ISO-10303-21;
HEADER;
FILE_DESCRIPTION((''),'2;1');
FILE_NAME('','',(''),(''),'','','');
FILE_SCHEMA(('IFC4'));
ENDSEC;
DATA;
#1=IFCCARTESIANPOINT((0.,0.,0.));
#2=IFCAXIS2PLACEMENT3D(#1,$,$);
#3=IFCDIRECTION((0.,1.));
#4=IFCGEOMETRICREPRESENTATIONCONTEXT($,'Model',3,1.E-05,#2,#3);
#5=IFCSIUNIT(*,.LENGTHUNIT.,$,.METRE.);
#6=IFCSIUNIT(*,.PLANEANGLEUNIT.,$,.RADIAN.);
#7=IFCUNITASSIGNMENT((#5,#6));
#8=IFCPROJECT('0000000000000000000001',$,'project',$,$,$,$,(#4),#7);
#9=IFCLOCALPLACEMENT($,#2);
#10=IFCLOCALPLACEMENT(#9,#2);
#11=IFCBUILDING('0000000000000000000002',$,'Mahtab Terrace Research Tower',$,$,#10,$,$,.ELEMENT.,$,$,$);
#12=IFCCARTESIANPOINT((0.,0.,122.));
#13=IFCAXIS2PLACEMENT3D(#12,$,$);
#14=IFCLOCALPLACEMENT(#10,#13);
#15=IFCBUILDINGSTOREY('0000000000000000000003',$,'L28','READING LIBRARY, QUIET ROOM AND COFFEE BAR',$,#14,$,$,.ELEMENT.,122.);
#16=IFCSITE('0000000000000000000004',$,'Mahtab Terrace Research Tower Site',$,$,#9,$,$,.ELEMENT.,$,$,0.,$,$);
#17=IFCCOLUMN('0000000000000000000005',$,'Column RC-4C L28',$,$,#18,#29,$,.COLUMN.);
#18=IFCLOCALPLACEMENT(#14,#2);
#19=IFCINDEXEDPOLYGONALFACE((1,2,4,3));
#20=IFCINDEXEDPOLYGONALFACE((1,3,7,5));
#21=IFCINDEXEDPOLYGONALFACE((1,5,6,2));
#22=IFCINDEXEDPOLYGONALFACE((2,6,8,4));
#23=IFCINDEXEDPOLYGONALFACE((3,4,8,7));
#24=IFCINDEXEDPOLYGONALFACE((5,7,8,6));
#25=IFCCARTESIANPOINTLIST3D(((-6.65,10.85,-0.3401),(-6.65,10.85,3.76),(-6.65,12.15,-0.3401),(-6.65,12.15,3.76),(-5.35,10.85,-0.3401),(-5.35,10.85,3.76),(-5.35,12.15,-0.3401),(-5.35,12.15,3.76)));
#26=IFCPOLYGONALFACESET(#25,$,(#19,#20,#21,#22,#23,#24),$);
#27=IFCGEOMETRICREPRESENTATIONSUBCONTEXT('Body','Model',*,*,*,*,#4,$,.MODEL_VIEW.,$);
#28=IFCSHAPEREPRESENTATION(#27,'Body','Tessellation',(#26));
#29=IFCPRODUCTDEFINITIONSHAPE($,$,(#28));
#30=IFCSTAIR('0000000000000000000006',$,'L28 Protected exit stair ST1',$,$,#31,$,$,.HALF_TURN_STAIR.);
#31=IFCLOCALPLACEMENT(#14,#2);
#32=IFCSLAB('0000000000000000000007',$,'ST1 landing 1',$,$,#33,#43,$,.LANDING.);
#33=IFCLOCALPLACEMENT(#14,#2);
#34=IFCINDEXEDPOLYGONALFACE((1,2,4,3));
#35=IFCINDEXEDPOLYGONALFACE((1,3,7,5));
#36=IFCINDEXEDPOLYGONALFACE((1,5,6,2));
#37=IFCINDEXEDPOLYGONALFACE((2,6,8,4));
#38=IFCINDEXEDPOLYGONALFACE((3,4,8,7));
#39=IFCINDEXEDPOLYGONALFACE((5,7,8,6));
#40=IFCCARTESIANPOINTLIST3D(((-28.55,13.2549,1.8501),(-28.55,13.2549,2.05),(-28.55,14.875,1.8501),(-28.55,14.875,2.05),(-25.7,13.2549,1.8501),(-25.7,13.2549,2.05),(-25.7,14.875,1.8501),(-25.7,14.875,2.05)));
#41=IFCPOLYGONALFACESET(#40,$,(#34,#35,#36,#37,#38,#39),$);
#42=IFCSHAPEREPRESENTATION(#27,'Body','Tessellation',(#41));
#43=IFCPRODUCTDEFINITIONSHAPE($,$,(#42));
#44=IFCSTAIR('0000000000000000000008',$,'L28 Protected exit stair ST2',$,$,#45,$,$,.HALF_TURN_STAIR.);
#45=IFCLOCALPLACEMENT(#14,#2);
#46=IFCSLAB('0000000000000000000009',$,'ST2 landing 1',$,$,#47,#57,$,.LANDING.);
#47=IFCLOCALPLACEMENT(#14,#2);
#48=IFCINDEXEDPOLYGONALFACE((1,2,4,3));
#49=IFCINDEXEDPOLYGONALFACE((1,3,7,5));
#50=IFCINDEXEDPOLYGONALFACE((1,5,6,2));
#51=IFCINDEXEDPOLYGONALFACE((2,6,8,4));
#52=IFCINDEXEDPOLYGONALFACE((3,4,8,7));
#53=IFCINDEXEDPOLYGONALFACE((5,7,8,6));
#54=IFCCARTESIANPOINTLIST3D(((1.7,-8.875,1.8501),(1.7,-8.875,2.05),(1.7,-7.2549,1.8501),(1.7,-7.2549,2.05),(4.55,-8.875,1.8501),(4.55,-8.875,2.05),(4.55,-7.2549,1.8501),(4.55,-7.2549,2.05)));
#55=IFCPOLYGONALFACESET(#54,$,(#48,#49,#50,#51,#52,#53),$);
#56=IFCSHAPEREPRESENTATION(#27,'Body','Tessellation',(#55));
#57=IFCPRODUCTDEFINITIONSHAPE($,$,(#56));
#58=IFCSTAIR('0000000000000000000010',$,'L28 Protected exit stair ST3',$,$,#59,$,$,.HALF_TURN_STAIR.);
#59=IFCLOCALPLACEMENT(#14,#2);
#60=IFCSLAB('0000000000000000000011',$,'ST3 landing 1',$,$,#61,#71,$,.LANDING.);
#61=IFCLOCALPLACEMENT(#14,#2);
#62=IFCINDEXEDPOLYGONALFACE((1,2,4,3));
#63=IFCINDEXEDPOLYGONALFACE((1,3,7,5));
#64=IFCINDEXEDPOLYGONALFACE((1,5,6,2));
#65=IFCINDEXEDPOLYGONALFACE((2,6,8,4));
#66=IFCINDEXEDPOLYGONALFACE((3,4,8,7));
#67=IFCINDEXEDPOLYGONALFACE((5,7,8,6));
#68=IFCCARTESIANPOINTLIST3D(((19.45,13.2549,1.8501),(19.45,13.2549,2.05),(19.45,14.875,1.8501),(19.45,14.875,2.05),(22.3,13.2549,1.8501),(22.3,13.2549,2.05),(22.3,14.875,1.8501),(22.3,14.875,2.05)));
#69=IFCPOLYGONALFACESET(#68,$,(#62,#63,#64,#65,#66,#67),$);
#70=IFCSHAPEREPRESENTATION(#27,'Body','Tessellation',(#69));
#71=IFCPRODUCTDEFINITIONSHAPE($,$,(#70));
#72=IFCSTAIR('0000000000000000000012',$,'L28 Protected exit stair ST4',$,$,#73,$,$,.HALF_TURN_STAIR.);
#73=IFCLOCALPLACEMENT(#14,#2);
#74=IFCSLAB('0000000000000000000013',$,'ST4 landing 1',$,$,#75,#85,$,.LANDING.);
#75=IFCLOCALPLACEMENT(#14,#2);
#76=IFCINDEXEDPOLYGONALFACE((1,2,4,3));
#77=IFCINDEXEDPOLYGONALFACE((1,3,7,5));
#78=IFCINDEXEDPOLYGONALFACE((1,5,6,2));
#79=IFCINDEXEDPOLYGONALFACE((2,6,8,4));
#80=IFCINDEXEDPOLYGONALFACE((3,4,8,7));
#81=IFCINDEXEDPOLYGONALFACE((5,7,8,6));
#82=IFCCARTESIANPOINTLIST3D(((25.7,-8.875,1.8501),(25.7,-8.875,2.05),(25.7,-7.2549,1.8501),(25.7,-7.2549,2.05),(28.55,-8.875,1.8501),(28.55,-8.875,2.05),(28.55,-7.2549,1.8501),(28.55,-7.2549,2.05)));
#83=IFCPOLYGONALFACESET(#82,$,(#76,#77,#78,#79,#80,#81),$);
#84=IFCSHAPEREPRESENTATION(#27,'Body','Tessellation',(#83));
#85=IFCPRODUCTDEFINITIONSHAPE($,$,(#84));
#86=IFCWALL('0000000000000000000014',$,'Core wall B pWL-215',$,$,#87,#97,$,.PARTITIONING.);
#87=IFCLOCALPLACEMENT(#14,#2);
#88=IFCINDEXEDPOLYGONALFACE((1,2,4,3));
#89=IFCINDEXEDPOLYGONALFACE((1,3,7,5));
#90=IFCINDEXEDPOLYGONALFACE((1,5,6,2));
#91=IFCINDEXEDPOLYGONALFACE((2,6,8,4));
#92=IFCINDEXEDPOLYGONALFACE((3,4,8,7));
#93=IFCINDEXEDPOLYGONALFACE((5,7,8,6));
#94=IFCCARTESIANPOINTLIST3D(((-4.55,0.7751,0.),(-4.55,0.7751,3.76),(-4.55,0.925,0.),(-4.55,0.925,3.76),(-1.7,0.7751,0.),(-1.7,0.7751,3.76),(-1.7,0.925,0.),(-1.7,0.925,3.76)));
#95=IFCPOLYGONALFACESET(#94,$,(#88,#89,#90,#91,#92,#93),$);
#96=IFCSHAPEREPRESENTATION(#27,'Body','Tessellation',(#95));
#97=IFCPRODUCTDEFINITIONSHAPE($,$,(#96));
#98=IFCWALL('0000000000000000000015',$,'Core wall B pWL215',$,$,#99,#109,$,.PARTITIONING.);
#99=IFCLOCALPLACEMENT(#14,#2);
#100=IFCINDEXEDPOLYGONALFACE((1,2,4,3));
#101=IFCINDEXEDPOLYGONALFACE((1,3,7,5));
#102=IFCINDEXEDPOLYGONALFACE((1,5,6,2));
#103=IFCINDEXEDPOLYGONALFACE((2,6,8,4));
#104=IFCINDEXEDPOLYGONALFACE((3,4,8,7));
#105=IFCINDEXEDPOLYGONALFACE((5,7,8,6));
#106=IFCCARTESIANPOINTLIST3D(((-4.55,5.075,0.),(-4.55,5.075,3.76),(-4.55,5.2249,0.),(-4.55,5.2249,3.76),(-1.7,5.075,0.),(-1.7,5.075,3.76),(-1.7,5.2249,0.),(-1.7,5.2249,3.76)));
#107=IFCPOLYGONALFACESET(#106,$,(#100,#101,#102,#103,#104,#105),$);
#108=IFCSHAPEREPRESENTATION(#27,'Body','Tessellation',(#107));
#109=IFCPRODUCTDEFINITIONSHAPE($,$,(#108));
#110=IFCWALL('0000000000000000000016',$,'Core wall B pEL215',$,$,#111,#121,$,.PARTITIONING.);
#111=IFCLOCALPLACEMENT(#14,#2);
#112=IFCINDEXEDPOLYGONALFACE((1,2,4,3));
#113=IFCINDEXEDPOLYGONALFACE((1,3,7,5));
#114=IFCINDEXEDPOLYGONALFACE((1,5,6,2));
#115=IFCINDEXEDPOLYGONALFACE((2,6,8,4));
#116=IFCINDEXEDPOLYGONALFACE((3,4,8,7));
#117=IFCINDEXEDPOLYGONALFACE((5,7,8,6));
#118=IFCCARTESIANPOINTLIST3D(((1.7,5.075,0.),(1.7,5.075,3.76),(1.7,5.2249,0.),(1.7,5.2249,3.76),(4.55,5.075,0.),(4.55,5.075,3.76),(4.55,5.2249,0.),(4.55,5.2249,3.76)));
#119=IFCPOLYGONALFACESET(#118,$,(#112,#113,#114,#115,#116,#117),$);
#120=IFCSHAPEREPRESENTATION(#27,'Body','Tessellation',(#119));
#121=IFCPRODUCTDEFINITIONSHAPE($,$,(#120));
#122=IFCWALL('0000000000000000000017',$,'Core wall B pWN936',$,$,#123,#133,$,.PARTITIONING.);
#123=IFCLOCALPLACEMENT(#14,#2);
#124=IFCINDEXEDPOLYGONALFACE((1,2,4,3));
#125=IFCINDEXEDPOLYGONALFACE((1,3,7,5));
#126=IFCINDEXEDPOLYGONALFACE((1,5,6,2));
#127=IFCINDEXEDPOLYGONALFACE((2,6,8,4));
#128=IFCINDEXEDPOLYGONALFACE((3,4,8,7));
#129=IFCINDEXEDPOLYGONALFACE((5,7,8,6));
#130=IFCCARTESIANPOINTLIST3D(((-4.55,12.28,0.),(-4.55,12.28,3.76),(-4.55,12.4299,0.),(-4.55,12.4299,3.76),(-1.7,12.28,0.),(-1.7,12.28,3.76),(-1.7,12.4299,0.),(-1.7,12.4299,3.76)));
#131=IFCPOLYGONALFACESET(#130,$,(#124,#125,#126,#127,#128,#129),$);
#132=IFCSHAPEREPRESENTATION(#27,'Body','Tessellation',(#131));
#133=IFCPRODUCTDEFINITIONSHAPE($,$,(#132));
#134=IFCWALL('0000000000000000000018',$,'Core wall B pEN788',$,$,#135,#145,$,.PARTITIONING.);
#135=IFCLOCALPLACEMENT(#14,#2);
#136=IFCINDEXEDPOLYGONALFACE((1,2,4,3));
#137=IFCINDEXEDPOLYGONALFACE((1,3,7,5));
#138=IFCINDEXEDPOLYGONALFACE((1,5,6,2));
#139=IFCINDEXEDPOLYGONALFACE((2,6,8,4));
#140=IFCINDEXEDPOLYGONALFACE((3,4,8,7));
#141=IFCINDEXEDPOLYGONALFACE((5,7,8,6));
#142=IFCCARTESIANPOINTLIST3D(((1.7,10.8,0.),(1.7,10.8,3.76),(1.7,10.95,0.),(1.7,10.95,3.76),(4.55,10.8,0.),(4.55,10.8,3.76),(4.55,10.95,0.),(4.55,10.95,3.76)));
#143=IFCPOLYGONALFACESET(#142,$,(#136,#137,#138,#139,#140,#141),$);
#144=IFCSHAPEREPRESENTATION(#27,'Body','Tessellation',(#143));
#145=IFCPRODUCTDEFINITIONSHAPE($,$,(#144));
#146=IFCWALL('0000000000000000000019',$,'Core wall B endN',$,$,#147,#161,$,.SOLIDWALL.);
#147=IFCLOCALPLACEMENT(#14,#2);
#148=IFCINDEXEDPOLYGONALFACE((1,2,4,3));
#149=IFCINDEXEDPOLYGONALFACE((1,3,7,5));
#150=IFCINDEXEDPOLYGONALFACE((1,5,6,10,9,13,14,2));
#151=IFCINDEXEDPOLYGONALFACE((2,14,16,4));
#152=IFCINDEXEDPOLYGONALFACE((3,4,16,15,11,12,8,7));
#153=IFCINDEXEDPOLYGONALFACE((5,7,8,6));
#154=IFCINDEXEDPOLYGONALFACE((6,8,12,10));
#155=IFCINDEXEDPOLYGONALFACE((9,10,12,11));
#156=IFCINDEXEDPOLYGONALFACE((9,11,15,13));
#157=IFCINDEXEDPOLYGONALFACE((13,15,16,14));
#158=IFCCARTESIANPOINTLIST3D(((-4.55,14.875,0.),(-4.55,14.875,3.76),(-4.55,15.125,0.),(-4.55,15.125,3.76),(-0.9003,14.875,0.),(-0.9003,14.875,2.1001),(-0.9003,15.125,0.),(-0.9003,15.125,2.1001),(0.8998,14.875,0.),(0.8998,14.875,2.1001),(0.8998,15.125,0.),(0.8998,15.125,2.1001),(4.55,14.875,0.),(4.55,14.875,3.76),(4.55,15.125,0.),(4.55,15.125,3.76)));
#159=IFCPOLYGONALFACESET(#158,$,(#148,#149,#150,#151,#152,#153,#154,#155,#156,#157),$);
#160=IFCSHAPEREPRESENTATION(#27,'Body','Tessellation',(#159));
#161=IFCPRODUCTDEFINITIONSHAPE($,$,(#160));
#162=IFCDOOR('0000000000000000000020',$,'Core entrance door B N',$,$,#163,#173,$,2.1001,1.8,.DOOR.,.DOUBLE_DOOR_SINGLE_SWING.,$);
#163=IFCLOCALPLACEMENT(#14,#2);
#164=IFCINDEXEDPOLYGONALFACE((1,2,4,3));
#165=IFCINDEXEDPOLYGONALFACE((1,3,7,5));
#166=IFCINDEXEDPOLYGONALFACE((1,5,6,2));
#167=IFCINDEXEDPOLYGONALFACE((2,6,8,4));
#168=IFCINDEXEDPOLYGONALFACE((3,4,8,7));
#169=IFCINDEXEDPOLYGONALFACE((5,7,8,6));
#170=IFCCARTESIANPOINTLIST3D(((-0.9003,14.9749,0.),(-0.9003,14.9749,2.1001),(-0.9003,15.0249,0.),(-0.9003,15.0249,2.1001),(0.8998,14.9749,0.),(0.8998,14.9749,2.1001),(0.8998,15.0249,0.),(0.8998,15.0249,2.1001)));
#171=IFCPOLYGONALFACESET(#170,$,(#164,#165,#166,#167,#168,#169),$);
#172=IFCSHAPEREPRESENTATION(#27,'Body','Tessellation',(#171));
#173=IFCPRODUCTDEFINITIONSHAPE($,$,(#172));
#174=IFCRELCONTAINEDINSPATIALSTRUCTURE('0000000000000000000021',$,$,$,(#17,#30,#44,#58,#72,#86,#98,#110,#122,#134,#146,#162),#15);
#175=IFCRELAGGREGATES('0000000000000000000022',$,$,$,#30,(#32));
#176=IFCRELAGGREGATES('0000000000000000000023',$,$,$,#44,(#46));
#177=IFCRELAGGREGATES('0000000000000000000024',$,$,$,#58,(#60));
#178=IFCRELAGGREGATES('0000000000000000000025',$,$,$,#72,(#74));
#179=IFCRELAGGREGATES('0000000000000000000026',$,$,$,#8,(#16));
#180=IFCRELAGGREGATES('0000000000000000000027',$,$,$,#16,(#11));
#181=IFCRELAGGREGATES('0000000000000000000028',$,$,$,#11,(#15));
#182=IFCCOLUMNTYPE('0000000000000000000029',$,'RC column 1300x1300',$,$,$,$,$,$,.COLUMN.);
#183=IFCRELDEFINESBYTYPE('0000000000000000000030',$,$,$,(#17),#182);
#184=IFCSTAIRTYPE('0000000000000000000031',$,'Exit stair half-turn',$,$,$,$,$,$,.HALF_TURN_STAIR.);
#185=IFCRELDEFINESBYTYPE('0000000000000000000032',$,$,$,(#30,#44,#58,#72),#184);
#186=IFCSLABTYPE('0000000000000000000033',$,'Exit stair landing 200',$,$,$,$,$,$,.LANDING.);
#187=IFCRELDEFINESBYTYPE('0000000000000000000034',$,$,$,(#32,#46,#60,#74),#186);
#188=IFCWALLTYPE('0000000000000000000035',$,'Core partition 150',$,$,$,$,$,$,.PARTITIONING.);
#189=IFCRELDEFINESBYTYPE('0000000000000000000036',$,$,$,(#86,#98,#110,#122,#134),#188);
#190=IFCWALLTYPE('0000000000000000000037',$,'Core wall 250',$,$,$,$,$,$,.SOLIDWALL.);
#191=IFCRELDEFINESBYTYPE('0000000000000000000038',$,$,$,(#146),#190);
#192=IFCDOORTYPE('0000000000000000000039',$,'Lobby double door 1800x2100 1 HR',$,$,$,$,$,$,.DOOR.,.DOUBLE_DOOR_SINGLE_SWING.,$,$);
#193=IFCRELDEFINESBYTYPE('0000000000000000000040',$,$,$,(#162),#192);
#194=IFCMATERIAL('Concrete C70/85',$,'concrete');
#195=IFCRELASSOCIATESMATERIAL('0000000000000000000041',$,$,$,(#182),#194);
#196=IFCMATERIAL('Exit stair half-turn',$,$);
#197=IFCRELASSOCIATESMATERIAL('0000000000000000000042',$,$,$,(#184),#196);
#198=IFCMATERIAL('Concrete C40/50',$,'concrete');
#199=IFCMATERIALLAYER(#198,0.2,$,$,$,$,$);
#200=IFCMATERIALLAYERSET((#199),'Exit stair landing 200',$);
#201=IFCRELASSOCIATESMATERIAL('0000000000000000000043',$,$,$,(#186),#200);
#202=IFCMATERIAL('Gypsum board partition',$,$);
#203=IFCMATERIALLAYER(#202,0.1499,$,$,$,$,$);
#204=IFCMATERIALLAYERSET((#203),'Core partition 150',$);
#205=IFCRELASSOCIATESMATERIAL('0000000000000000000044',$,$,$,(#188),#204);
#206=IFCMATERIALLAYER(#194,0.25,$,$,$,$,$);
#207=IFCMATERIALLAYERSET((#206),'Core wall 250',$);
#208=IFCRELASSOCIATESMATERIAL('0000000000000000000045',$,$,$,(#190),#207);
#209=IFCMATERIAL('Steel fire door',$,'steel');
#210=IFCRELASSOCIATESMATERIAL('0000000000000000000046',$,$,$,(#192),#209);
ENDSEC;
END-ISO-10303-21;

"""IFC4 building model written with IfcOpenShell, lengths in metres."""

from ifc_helpers import new_model, si_unit, direction, frame, frame_2d, origin, origin_2d, place, context, subcontext, project, spatial, polyline, rectangle, outline, extrude, material, layer, layer_set, material_profile, profile_set, type_object, element, fill, aggregate, save


model = new_model("IFC4")

# Units and contexts
model_context = context("Model", 3, precision=1e-05, world=origin(), true_north=direction((0.0, 1.0)))
body_context = subcontext(model_context, "Body", "Model", "MODEL_VIEW")
ifc_project = project(units=[si_unit("LENGTHUNIT", "METRE"), si_unit("PLANEANGLEUNIT", "RADIAN")], contexts=[model_context])

# Site, building, storey
site_placement = place(None, origin())
site = spatial("IfcSite", under=ifc_project, at=site_placement, Name="Mahtab Terrace Research Tower Site", CompositionType="ELEMENT", RefElevation=0.0)
building_placement = place(site_placement, origin())
building = spatial("IfcBuilding", under=site, at=building_placement, Name="Mahtab Terrace Research Tower", CompositionType="ELEMENT")
storey_placement = place(building_placement, frame((0.0, 0.0, 122.0)))
storey = spatial("IfcBuildingStorey", under=building, at=storey_placement, Name="L28", Description="READING LIBRARY, QUIET ROOM AND COFFEE BAR", CompositionType="ELEMENT", Elevation=122.0)

# Column
ifc_material_1 = material(Name="Concrete C70/85", Category="concrete")
ifc_material_profile = material_profile(ifc_material_1, rectangle(XDim=1.3, YDim=1.3, at=origin_2d()), Name="RC column 1300x1300")
ifc_profile_set = profile_set([ifc_material_profile], Name="Concrete C70/85")
column_type = type_object("IfcColumnType", Name="RC column 1300x1300", PredefinedType="COLUMN", material=ifc_profile_set)
column_placement = place(storey_placement, frame((-6.0, 11.5, -0.3401), z_axis=(0.0, 0.0, 1.0), x_axis=(1.0, 0.0, 0.0)))
element("IfcColumn", 1, at=column_placement, inside=storey, type_object=column_type, Name="Column RC-4C L28", PredefinedType="COLUMN", context=body_context, shape_type="SweptSolid", body=[
    extrude(rectangle(XDim=1.3, YDim=1.3, at=origin_2d()), origin(), (0.0, 0.0, 1.0), 4.1001),
])

# Stairs, slabs
ifc_material_2 = material(Name="Exit stair half-turn")
stair_type = type_object("IfcStairType", Name="Exit stair half-turn", PredefinedType="HALF_TURN_STAIR", material=ifc_material_2)
stair_1_placement = place(storey_placement, origin())
stair_1 = element("IfcStair", 2, at=stair_1_placement, inside=storey, type_object=stair_type, Name="L28 Protected exit stair ST1", PredefinedType="HALF_TURN_STAIR")
ifc_material_3 = material(Name="Concrete C40/50", Category="concrete")
ifc_layer_1 = layer(ifc_material_3, 0.2)
ifc_layer_set_1 = layer_set([ifc_layer_1], Name="Exit stair landing 200")
slab_type = type_object("IfcSlabType", Name="Exit stair landing 200", PredefinedType="LANDING", material=ifc_layer_set_1)
slab_1_placement = place(storey_placement, frame((0.0, 0.0, 1.8501)))
slab_1 = element("IfcSlab", 3, at=slab_1_placement, type_object=slab_type, Name="ST1 landing 1", PredefinedType="LANDING", context=body_context, shape_type="SweptSolid", body=[
    extrude(outline(polyline([(-25.7, 13.2549), (-25.7, 14.875), (-28.55, 14.875), (-28.55, 13.2549), (-25.7, 13.2549)])), origin(), (0.0, 0.0, 1.0), 0.2),
])
aggregate(stair_1, [slab_1])
stair_2_placement = place(storey_placement, origin())
stair_2 = element("IfcStair", 4, at=stair_2_placement, inside=storey, type_object=stair_type, Name="L28 Protected exit stair ST2", PredefinedType="HALF_TURN_STAIR")
slab_2_placement = place(storey_placement, frame((0.0, 0.0, 1.8501)))
slab_2 = element("IfcSlab", 5, at=slab_2_placement, type_object=slab_type, Name="ST2 landing 1", PredefinedType="LANDING", context=body_context, shape_type="SweptSolid", body=[
    extrude(outline(polyline([(1.7, -7.2549), (1.7, -8.875), (4.55, -8.875), (4.55, -7.2549), (1.7, -7.2549)])), origin(), (0.0, 0.0, 1.0), 0.2),
])
aggregate(stair_2, [slab_2])
stair_3_placement = place(storey_placement, origin())
stair_3 = element("IfcStair", 6, at=stair_3_placement, inside=storey, type_object=stair_type, Name="L28 Protected exit stair ST3", PredefinedType="HALF_TURN_STAIR")
slab_3_placement = place(storey_placement, frame((0.0, 0.0, 1.8501)))
slab_3 = element("IfcSlab", 7, at=slab_3_placement, type_object=slab_type, Name="ST3 landing 1", PredefinedType="LANDING", context=body_context, shape_type="SweptSolid", body=[
    extrude(outline(polyline([(22.3, 13.2549), (22.3, 14.875), (19.45, 14.875), (19.45, 13.2549), (22.3, 13.2549)])), origin(), (0.0, 0.0, 1.0), 0.2),
])
aggregate(stair_3, [slab_3])
stair_4_placement = place(storey_placement, origin())
stair_4 = element("IfcStair", 8, at=stair_4_placement, inside=storey, type_object=stair_type, Name="L28 Protected exit stair ST4", PredefinedType="HALF_TURN_STAIR")
slab_4_placement = place(storey_placement, frame((0.0, 0.0, 1.8501)))
slab_4 = element("IfcSlab", 9, at=slab_4_placement, type_object=slab_type, Name="ST4 landing 1", PredefinedType="LANDING", context=body_context, shape_type="SweptSolid", body=[
    extrude(outline(polyline([(25.7, -7.2549), (25.7, -8.875), (28.55, -8.875), (28.55, -7.2549), (25.7, -7.2549)])), origin(), (0.0, 0.0, 1.0), 0.2),
])
aggregate(stair_4, [slab_4])

# Walls
ifc_material_4 = material(Name="Gypsum board partition")
ifc_layer_2 = layer(ifc_material_4, 0.1499)
ifc_layer_set_2 = layer_set([ifc_layer_2], Name="Core partition 150")
wall_type_1 = type_object("IfcWallType", Name="Core partition 150", PredefinedType="PARTITIONING", material=ifc_layer_set_2)
for number, where, z_axis, x_axis, name in (
    (10, (-4.55, 0.8501, 0.0), (0.0, 0.0, 1.0), (1.0, 0.0, 0.0), "Core wall B pWL-215"),
    (11, (-4.55, 5.1499, 0.0), (0.0, 0.0, 1.0), (1.0, 0.0, 0.0), "Core wall B pWL215"),
    (12, (1.7, 5.1499, 0.0), (0.0, 0.0, 1.0), (1.0, 0.0, 0.0), "Core wall B pEL215"),
    (13, (-4.55, 12.355, 0.0), (0.0, 0.0, 1.0), (1.0, 0.0, 0.0), "Core wall B pWN936"),
    (14, (1.7, 10.875, 0.0), (0.0, 0.0, 1.0), (1.0, 0.0, 0.0), "Core wall B pEN788"),
):
    element("IfcWall", number, at=place(storey_placement, frame(where, z_axis=z_axis, x_axis=x_axis)), inside=storey, type_object=wall_type_1, Name=name, PredefinedType="PARTITIONING", context=body_context, shape_type="SweptSolid", body=[
        extrude(rectangle(XDim=2.8501, YDim=0.1499, at=frame_2d((1.425, 0.0))), origin(), (0.0, 0.0, 1.0), 3.76),
    ])

# Wall, opening, door
ifc_layer_3 = layer(ifc_material_1, 0.25)
ifc_layer_set_3 = layer_set([ifc_layer_3], Name="Core wall 250")
wall_type_2 = type_object("IfcWallType", Name="Core wall 250", PredefinedType="SOLIDWALL", material=ifc_layer_set_3)
wall_1_placement = place(storey_placement, frame((-4.55, 15.0, 0.0), z_axis=(0.0, 0.0, 1.0), x_axis=(1.0, 0.0, 0.0)))
wall_1 = element("IfcWall", 15, at=wall_1_placement, inside=storey, type_object=wall_type_2, Name="Core wall B endN", PredefinedType="SOLIDWALL", context=body_context, shape_type="SweptSolid", body=[
    extrude(rectangle(XDim=9.1001, YDim=0.25, at=frame_2d((4.55, 0.0))), origin(), (0.0, 0.0, 1.0), 3.76),
])
opening_1_placement = place(wall_1_placement, frame((3.6499, 0.0, 0.0)))
opening_1 = element("IfcOpeningElement", 16, at=opening_1_placement, cuts=wall_1, PredefinedType="OPENING", context=body_context, shape_type="SweptSolid", body=[
    extrude(rectangle(XDim=1.8, YDim=2.1001, at=frame_2d((0.8999, 1.05))), frame((0.0, 0.135, 0.0), z_axis=(0.0, -1.0, 0.0), x_axis=(1.0, 0.0, 0.0)), (0.0, 0.0, 1.0), 0.27),
])
ifc_material_5 = material(Name="Steel fire door", Category="steel")
door_type_1 = type_object("IfcDoorType", Name="Lobby double door 1800x2100 1 HR", OperationType="DOUBLE_DOOR_SINGLE_SWING", PredefinedType="DOOR", material=ifc_material_5)
door_1_placement = place(opening_1_placement, origin())
door_1 = element("IfcDoor", 17, at=door_1_placement, inside=storey, type_object=door_type_1, Name="Core entrance door B N", OperationType="DOUBLE_DOOR_SINGLE_SWING", OverallHeight=2.1001, OverallWidth=1.8, PredefinedType="DOOR", context=body_context, shape_type="SweptSolid", body=[
    extrude(rectangle(XDim=1.8, YDim=2.1001, at=frame_2d((0.8999, 1.05))), frame((0.0, 0.0249, 0.0), z_axis=(0.0, -1.0, 0.0), x_axis=(1.0, 0.0, 0.0)), (0.0, 0.0, 1.0), 0.05),
])
fill(opening_1, door_1)

save(model, "model.ifc")
